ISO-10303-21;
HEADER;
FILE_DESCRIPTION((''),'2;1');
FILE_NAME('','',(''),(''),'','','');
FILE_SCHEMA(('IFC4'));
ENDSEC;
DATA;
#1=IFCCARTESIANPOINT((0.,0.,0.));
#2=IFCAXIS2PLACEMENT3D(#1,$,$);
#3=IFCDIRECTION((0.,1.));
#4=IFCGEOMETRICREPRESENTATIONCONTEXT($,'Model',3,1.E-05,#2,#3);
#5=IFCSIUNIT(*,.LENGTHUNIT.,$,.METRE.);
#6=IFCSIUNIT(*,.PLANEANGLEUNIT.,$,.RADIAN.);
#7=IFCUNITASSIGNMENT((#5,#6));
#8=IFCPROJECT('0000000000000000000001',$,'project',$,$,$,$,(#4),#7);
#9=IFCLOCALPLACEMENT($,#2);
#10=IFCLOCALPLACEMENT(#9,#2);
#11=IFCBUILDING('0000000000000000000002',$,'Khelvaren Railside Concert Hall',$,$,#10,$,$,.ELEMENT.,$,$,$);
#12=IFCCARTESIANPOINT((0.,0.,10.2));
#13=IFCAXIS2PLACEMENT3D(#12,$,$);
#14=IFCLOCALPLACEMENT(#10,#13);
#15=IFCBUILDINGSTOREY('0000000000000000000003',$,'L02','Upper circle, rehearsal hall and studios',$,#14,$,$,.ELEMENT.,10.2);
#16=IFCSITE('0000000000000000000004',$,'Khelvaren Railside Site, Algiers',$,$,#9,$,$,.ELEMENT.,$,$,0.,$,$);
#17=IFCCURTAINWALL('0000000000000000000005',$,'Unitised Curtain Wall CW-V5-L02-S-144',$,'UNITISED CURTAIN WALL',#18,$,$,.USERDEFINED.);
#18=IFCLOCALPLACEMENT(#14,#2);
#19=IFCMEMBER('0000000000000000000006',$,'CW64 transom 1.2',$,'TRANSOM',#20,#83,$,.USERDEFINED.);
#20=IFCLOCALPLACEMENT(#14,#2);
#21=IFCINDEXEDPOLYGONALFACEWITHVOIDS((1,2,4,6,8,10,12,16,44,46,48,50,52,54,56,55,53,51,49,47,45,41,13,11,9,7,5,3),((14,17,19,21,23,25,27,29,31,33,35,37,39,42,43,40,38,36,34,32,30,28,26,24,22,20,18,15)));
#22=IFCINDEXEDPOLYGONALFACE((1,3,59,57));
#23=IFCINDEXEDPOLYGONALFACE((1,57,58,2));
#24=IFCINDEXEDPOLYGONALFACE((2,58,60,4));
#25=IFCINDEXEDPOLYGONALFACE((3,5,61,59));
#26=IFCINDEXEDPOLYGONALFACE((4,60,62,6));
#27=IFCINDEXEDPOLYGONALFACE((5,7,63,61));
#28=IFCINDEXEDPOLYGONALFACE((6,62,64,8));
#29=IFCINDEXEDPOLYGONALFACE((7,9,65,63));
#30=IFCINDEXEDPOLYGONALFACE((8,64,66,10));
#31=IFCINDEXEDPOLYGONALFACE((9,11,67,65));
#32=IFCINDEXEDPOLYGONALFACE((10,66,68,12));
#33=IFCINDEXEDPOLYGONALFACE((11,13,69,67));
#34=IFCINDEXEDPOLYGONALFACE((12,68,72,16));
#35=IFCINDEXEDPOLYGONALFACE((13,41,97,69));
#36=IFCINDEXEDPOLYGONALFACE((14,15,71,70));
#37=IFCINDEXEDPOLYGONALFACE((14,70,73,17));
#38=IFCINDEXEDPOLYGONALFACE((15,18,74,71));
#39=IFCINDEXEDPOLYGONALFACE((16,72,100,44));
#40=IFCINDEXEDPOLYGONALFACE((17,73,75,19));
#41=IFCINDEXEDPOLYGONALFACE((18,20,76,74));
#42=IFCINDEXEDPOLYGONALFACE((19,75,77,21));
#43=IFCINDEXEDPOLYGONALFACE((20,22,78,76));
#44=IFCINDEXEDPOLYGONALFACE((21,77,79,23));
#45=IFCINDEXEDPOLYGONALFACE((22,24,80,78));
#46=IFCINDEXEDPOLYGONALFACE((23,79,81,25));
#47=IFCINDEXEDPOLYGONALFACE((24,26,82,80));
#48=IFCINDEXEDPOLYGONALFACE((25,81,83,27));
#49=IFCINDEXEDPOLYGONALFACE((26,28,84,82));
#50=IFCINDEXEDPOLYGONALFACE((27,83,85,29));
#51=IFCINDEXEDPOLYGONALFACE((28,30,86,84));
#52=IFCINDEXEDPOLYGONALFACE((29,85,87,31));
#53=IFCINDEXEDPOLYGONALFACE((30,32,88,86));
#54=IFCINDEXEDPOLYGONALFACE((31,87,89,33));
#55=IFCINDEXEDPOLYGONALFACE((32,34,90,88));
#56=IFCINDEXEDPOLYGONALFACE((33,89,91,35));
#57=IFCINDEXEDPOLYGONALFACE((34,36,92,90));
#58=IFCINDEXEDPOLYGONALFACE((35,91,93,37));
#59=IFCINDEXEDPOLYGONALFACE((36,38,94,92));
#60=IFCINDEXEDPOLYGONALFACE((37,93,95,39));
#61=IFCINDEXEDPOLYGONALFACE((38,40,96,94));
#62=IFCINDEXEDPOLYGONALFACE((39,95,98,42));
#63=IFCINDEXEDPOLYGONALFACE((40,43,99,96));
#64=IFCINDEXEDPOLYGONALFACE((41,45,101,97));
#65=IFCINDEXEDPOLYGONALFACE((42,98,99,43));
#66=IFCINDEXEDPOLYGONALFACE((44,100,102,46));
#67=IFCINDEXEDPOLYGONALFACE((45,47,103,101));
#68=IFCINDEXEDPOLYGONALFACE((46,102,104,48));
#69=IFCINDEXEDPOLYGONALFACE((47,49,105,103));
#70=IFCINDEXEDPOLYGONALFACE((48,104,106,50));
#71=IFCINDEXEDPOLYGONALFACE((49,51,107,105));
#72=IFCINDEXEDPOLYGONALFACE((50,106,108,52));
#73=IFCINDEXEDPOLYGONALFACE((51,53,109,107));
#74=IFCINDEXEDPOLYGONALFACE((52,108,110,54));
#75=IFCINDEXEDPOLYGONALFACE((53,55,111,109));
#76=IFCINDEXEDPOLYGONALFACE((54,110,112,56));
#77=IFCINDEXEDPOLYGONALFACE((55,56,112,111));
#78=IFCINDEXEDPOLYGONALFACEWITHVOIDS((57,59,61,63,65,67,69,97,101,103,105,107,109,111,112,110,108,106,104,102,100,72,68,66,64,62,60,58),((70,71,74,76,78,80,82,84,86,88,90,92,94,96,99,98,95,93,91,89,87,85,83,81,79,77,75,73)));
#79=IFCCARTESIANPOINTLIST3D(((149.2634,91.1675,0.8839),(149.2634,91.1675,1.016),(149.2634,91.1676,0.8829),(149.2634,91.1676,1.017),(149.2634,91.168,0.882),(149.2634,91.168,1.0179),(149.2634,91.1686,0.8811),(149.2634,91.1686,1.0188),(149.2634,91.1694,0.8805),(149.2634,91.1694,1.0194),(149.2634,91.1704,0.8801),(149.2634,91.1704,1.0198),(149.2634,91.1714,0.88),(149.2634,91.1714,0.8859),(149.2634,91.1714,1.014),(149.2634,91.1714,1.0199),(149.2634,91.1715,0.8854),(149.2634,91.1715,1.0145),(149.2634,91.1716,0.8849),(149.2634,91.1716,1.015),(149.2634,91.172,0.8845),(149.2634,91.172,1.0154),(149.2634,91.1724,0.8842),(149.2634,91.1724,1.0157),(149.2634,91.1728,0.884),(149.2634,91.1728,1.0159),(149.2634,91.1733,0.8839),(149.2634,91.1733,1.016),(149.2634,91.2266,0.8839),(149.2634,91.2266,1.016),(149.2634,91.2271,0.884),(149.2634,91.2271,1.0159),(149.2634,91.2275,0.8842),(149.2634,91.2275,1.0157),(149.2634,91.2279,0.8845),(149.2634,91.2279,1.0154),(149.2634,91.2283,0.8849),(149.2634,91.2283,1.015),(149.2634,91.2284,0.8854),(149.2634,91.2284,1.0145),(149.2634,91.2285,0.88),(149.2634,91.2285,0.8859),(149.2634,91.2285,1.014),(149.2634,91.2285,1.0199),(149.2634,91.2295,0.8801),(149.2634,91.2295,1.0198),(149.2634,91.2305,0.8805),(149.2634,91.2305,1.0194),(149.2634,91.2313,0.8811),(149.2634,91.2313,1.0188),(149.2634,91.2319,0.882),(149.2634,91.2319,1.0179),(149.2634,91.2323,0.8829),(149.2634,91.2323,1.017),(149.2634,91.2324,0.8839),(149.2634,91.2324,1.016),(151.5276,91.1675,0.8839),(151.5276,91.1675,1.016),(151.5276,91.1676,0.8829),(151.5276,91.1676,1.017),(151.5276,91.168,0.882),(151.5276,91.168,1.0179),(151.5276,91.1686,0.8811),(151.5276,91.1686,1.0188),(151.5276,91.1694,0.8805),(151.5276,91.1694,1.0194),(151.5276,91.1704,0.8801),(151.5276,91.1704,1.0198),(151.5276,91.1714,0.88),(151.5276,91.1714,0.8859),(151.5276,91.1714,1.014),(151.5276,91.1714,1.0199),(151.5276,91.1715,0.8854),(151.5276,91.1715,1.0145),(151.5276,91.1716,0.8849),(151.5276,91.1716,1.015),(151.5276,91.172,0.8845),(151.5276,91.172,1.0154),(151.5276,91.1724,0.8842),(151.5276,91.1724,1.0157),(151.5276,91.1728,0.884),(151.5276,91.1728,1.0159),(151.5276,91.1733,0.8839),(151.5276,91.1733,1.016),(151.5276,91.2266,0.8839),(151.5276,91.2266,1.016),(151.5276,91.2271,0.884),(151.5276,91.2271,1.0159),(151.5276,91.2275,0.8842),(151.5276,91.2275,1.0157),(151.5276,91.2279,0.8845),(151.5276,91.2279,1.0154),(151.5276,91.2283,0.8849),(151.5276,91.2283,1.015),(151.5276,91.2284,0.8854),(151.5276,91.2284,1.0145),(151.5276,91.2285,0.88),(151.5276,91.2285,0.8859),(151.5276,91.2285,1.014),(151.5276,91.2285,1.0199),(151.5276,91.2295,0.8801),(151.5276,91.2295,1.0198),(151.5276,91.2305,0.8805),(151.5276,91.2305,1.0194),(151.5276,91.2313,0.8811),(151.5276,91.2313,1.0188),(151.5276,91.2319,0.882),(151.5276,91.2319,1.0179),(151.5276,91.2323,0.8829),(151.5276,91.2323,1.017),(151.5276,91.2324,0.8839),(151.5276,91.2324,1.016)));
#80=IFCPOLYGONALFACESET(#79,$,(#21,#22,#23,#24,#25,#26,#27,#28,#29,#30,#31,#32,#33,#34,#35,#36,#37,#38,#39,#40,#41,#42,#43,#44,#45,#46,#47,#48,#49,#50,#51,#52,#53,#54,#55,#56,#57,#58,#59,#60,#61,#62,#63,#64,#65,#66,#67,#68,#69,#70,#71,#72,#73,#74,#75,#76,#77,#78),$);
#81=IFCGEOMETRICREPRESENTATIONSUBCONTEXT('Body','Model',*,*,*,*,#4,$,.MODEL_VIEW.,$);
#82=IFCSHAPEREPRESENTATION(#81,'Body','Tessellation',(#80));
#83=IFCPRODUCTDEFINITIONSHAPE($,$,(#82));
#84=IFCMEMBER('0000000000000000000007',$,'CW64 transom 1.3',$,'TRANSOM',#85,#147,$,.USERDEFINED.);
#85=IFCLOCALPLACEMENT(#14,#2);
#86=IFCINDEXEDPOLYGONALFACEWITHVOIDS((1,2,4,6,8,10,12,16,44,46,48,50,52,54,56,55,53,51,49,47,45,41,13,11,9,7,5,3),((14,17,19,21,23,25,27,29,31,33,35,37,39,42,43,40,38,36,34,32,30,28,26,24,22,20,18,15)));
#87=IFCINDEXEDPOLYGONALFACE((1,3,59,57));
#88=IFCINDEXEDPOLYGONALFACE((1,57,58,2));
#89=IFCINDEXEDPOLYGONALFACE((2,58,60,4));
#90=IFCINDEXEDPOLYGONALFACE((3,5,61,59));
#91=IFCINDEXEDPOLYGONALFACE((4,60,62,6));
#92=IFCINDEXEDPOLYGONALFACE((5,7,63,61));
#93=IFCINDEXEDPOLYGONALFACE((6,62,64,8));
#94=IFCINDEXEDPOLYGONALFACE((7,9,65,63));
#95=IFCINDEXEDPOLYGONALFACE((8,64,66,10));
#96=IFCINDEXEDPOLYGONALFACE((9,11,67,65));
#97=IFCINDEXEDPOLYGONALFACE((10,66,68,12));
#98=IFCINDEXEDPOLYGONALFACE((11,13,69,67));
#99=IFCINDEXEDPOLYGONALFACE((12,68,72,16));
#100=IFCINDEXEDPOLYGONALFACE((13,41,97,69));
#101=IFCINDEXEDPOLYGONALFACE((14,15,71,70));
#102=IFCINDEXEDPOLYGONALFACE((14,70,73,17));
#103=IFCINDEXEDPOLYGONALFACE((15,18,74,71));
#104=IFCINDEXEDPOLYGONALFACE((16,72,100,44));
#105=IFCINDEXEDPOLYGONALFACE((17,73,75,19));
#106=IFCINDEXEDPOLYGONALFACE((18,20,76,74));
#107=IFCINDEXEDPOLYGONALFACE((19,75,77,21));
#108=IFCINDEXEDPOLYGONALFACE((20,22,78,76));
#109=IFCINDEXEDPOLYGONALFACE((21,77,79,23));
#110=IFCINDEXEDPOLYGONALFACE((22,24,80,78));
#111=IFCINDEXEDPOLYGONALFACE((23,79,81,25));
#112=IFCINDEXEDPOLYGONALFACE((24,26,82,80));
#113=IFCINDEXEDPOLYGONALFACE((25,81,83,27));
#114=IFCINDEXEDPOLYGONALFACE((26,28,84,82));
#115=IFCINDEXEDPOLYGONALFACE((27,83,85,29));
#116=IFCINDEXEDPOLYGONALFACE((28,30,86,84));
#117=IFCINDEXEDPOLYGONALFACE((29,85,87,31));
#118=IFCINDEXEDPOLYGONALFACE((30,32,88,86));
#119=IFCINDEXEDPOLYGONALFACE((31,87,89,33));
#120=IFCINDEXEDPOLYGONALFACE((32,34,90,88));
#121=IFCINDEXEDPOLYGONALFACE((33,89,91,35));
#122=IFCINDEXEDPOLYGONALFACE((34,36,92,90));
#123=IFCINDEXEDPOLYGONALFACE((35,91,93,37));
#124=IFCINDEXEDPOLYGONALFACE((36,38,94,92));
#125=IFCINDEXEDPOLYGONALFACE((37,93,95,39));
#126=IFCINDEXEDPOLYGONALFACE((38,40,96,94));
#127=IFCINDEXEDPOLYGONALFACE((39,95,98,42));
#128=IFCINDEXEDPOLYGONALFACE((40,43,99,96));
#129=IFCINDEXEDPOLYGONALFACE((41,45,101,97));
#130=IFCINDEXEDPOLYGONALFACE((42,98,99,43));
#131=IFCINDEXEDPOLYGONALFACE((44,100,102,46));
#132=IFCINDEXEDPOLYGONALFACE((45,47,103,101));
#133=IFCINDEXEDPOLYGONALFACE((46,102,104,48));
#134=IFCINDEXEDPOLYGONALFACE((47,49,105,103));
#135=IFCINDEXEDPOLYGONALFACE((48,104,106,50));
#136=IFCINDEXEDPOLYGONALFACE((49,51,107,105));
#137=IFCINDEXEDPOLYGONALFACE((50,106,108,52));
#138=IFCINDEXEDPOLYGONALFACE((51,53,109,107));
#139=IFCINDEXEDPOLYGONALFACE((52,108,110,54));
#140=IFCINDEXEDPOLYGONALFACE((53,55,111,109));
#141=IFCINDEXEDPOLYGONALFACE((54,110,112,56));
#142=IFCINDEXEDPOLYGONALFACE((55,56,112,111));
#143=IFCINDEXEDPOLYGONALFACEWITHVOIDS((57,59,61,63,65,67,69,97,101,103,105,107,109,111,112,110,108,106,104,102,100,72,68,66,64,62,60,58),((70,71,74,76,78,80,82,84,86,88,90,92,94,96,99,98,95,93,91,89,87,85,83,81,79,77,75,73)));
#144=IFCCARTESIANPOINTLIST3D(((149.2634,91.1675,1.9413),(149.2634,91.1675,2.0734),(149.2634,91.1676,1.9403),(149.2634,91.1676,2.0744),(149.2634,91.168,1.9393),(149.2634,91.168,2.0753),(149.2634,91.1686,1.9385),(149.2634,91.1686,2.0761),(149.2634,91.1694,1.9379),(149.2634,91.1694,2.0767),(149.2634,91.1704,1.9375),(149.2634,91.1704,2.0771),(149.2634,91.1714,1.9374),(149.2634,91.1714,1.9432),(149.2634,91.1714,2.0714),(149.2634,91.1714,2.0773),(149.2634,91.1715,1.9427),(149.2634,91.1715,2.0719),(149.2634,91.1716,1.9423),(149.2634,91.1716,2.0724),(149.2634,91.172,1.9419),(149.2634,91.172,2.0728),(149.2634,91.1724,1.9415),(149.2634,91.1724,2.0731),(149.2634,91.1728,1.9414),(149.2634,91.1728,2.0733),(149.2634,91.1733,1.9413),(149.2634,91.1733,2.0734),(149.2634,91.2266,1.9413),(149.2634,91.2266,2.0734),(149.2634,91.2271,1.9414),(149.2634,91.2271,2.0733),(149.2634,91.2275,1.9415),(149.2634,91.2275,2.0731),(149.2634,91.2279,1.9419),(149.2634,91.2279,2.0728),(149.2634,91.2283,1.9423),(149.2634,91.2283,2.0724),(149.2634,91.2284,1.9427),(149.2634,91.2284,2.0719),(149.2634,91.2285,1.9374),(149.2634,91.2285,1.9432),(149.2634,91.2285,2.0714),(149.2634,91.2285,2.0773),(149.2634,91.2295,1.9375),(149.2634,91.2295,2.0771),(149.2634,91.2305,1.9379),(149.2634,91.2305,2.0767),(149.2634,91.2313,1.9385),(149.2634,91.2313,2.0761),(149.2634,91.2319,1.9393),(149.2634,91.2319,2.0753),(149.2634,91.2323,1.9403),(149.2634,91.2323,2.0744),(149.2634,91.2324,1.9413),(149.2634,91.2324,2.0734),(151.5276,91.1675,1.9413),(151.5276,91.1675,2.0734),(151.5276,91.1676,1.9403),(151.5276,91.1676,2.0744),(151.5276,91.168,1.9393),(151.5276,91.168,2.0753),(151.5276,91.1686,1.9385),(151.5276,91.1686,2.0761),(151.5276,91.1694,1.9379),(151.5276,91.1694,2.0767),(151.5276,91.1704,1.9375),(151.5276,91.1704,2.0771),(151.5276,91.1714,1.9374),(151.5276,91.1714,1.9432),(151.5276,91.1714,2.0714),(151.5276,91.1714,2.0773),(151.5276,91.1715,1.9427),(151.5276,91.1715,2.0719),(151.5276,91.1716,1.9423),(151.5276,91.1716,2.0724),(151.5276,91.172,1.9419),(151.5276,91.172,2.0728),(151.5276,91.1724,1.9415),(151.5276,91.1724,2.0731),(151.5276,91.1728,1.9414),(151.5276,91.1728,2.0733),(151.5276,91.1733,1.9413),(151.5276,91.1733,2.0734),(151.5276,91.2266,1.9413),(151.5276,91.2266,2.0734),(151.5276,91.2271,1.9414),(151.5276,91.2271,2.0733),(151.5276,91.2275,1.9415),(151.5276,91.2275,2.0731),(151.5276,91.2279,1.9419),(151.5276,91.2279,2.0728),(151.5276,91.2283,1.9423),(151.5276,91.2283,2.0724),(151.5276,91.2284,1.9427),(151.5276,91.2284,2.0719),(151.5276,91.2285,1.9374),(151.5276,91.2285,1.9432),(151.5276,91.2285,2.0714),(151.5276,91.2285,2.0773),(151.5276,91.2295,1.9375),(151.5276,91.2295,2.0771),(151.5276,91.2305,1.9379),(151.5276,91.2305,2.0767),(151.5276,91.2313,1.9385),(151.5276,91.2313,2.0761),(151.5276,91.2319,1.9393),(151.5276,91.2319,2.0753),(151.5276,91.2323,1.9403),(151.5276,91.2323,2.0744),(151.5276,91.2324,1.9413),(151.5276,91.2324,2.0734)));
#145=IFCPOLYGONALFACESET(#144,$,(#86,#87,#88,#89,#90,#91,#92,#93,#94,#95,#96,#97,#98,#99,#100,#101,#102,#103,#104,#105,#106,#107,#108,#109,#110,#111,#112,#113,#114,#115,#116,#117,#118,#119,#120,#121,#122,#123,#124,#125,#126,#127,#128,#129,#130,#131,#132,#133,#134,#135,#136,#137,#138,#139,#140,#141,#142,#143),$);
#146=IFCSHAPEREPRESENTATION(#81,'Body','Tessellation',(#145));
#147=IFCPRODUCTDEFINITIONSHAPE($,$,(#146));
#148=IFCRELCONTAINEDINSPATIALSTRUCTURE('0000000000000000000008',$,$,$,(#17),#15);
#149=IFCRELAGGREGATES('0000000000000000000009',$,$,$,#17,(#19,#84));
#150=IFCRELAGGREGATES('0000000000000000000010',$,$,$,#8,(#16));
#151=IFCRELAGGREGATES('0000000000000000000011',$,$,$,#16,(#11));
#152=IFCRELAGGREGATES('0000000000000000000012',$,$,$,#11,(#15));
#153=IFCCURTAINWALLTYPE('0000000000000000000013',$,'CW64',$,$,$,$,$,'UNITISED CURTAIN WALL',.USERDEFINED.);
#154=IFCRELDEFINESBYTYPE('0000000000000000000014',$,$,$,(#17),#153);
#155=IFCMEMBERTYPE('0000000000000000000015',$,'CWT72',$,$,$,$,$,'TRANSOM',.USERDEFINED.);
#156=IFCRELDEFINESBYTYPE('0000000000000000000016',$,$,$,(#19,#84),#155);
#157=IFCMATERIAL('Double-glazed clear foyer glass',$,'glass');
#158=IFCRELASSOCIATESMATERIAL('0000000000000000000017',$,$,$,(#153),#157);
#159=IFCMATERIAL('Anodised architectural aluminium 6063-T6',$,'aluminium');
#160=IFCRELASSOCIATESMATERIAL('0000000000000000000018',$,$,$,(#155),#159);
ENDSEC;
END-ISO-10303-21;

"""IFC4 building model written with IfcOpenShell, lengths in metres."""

from ifc_helpers import new_model, si_unit, direction, frame, origin, origin_2d, place, context, subcontext, project, spatial, hollow_rectangle, extrude, material, material_profile, profile_set, type_object, element, aggregate, save


model = new_model("IFC4")

# Units and contexts
model_context = context("Model", 3, precision=1e-05, world=origin(), true_north=direction((0.0, 1.0)))
body_context = subcontext(model_context, "Body", "Model", "MODEL_VIEW")
ifc_project = project(units=[si_unit("LENGTHUNIT", "METRE"), si_unit("PLANEANGLEUNIT", "RADIAN")], contexts=[model_context])

# Site, building, storey
site_placement = place(None, origin())
site = spatial("IfcSite", under=ifc_project, at=site_placement, Name="Khelvaren Railside Site, Algiers", CompositionType="ELEMENT", RefElevation=0.0)
building_placement = place(site_placement, origin())
building = spatial("IfcBuilding", under=site, at=building_placement, Name="Khelvaren Railside Concert Hall", CompositionType="ELEMENT")
storey_placement = place(building_placement, frame((0.0, 0.0, 10.2)))
storey = spatial("IfcBuildingStorey", under=building, at=storey_placement, Name="L02", Description="Upper circle, rehearsal hall and studios", CompositionType="ELEMENT", Elevation=10.2)

# Curtain wall
ifc_material_1 = material(Name="Double-glazed clear foyer glass", Category="glass")
curtain_wall_type_1 = type_object("IfcCurtainWallType", Name="CW64", ElementType="UNITISED CURTAIN WALL", PredefinedType="USERDEFINED", material=ifc_material_1)
curtain_wall_1_placement = place(storey_placement, origin())
curtain_wall_1 = element("IfcCurtainWall", 1, at=curtain_wall_1_placement, inside=storey, type_object=curtain_wall_type_1, Name="Unitised Curtain Wall CW-V5-L02-S-144", ObjectType="UNITISED CURTAIN WALL", PredefinedType="USERDEFINED")
ifc_material_2 = material(Name="Anodised architectural aluminium 6063-T6", Category="aluminium")

# Members
ifc_material_profile_1 = material_profile(ifc_material_2, hollow_rectangle(XDim=0.0649, YDim=0.1399, WallThickness=0.0039, InnerFilletRadius=0.002, OuterFilletRadius=0.0039, at=origin_2d()), Name="CWT 65x140x4")
ifc_profile_set_1 = profile_set([ifc_material_profile_1], Name="Anodised architectural aluminium 6063-T6")
member_type_1 = type_object("IfcMemberType", Name="CWT72", ElementType="TRANSOM", PredefinedType="USERDEFINED", material=ifc_profile_set_1)
member_1_placement = place(storey_placement, frame((151.5276, 91.2, 0.95), z_axis=(-1.0, 0.0, 0.0), x_axis=(0.0, -1.0, 0.0)))
member_1 = element("IfcMember", 2, at=member_1_placement, type_object=member_type_1, Name="CW64 transom 1.2", ObjectType="TRANSOM", PredefinedType="USERDEFINED", context=body_context, shape_type="SweptSolid", body=[
    extrude(hollow_rectangle(XDim=0.0649, YDim=0.1399, WallThickness=0.0039, InnerFilletRadius=0.002, OuterFilletRadius=0.0039, at=origin_2d()), origin(), (0.0, 0.0, 1.0), 2.2642),
])
member_2_placement = place(storey_placement, frame((151.5276, 91.2, 2.0073), z_axis=(-1.0, 0.0, 0.0), x_axis=(0.0, -1.0, 0.0)))
member_2 = element("IfcMember", 3, at=member_2_placement, type_object=member_type_1, Name="CW64 transom 1.3", ObjectType="TRANSOM", PredefinedType="USERDEFINED", context=body_context, shape_type="SweptSolid", body=[
    extrude(hollow_rectangle(XDim=0.0649, YDim=0.1399, WallThickness=0.0039, InnerFilletRadius=0.002, OuterFilletRadius=0.0039, at=origin_2d()), origin(), (0.0, 0.0, 1.0), 2.2642),
])

aggregate(curtain_wall_1, [member_1, member_2])

save(model, "model.ifc")
